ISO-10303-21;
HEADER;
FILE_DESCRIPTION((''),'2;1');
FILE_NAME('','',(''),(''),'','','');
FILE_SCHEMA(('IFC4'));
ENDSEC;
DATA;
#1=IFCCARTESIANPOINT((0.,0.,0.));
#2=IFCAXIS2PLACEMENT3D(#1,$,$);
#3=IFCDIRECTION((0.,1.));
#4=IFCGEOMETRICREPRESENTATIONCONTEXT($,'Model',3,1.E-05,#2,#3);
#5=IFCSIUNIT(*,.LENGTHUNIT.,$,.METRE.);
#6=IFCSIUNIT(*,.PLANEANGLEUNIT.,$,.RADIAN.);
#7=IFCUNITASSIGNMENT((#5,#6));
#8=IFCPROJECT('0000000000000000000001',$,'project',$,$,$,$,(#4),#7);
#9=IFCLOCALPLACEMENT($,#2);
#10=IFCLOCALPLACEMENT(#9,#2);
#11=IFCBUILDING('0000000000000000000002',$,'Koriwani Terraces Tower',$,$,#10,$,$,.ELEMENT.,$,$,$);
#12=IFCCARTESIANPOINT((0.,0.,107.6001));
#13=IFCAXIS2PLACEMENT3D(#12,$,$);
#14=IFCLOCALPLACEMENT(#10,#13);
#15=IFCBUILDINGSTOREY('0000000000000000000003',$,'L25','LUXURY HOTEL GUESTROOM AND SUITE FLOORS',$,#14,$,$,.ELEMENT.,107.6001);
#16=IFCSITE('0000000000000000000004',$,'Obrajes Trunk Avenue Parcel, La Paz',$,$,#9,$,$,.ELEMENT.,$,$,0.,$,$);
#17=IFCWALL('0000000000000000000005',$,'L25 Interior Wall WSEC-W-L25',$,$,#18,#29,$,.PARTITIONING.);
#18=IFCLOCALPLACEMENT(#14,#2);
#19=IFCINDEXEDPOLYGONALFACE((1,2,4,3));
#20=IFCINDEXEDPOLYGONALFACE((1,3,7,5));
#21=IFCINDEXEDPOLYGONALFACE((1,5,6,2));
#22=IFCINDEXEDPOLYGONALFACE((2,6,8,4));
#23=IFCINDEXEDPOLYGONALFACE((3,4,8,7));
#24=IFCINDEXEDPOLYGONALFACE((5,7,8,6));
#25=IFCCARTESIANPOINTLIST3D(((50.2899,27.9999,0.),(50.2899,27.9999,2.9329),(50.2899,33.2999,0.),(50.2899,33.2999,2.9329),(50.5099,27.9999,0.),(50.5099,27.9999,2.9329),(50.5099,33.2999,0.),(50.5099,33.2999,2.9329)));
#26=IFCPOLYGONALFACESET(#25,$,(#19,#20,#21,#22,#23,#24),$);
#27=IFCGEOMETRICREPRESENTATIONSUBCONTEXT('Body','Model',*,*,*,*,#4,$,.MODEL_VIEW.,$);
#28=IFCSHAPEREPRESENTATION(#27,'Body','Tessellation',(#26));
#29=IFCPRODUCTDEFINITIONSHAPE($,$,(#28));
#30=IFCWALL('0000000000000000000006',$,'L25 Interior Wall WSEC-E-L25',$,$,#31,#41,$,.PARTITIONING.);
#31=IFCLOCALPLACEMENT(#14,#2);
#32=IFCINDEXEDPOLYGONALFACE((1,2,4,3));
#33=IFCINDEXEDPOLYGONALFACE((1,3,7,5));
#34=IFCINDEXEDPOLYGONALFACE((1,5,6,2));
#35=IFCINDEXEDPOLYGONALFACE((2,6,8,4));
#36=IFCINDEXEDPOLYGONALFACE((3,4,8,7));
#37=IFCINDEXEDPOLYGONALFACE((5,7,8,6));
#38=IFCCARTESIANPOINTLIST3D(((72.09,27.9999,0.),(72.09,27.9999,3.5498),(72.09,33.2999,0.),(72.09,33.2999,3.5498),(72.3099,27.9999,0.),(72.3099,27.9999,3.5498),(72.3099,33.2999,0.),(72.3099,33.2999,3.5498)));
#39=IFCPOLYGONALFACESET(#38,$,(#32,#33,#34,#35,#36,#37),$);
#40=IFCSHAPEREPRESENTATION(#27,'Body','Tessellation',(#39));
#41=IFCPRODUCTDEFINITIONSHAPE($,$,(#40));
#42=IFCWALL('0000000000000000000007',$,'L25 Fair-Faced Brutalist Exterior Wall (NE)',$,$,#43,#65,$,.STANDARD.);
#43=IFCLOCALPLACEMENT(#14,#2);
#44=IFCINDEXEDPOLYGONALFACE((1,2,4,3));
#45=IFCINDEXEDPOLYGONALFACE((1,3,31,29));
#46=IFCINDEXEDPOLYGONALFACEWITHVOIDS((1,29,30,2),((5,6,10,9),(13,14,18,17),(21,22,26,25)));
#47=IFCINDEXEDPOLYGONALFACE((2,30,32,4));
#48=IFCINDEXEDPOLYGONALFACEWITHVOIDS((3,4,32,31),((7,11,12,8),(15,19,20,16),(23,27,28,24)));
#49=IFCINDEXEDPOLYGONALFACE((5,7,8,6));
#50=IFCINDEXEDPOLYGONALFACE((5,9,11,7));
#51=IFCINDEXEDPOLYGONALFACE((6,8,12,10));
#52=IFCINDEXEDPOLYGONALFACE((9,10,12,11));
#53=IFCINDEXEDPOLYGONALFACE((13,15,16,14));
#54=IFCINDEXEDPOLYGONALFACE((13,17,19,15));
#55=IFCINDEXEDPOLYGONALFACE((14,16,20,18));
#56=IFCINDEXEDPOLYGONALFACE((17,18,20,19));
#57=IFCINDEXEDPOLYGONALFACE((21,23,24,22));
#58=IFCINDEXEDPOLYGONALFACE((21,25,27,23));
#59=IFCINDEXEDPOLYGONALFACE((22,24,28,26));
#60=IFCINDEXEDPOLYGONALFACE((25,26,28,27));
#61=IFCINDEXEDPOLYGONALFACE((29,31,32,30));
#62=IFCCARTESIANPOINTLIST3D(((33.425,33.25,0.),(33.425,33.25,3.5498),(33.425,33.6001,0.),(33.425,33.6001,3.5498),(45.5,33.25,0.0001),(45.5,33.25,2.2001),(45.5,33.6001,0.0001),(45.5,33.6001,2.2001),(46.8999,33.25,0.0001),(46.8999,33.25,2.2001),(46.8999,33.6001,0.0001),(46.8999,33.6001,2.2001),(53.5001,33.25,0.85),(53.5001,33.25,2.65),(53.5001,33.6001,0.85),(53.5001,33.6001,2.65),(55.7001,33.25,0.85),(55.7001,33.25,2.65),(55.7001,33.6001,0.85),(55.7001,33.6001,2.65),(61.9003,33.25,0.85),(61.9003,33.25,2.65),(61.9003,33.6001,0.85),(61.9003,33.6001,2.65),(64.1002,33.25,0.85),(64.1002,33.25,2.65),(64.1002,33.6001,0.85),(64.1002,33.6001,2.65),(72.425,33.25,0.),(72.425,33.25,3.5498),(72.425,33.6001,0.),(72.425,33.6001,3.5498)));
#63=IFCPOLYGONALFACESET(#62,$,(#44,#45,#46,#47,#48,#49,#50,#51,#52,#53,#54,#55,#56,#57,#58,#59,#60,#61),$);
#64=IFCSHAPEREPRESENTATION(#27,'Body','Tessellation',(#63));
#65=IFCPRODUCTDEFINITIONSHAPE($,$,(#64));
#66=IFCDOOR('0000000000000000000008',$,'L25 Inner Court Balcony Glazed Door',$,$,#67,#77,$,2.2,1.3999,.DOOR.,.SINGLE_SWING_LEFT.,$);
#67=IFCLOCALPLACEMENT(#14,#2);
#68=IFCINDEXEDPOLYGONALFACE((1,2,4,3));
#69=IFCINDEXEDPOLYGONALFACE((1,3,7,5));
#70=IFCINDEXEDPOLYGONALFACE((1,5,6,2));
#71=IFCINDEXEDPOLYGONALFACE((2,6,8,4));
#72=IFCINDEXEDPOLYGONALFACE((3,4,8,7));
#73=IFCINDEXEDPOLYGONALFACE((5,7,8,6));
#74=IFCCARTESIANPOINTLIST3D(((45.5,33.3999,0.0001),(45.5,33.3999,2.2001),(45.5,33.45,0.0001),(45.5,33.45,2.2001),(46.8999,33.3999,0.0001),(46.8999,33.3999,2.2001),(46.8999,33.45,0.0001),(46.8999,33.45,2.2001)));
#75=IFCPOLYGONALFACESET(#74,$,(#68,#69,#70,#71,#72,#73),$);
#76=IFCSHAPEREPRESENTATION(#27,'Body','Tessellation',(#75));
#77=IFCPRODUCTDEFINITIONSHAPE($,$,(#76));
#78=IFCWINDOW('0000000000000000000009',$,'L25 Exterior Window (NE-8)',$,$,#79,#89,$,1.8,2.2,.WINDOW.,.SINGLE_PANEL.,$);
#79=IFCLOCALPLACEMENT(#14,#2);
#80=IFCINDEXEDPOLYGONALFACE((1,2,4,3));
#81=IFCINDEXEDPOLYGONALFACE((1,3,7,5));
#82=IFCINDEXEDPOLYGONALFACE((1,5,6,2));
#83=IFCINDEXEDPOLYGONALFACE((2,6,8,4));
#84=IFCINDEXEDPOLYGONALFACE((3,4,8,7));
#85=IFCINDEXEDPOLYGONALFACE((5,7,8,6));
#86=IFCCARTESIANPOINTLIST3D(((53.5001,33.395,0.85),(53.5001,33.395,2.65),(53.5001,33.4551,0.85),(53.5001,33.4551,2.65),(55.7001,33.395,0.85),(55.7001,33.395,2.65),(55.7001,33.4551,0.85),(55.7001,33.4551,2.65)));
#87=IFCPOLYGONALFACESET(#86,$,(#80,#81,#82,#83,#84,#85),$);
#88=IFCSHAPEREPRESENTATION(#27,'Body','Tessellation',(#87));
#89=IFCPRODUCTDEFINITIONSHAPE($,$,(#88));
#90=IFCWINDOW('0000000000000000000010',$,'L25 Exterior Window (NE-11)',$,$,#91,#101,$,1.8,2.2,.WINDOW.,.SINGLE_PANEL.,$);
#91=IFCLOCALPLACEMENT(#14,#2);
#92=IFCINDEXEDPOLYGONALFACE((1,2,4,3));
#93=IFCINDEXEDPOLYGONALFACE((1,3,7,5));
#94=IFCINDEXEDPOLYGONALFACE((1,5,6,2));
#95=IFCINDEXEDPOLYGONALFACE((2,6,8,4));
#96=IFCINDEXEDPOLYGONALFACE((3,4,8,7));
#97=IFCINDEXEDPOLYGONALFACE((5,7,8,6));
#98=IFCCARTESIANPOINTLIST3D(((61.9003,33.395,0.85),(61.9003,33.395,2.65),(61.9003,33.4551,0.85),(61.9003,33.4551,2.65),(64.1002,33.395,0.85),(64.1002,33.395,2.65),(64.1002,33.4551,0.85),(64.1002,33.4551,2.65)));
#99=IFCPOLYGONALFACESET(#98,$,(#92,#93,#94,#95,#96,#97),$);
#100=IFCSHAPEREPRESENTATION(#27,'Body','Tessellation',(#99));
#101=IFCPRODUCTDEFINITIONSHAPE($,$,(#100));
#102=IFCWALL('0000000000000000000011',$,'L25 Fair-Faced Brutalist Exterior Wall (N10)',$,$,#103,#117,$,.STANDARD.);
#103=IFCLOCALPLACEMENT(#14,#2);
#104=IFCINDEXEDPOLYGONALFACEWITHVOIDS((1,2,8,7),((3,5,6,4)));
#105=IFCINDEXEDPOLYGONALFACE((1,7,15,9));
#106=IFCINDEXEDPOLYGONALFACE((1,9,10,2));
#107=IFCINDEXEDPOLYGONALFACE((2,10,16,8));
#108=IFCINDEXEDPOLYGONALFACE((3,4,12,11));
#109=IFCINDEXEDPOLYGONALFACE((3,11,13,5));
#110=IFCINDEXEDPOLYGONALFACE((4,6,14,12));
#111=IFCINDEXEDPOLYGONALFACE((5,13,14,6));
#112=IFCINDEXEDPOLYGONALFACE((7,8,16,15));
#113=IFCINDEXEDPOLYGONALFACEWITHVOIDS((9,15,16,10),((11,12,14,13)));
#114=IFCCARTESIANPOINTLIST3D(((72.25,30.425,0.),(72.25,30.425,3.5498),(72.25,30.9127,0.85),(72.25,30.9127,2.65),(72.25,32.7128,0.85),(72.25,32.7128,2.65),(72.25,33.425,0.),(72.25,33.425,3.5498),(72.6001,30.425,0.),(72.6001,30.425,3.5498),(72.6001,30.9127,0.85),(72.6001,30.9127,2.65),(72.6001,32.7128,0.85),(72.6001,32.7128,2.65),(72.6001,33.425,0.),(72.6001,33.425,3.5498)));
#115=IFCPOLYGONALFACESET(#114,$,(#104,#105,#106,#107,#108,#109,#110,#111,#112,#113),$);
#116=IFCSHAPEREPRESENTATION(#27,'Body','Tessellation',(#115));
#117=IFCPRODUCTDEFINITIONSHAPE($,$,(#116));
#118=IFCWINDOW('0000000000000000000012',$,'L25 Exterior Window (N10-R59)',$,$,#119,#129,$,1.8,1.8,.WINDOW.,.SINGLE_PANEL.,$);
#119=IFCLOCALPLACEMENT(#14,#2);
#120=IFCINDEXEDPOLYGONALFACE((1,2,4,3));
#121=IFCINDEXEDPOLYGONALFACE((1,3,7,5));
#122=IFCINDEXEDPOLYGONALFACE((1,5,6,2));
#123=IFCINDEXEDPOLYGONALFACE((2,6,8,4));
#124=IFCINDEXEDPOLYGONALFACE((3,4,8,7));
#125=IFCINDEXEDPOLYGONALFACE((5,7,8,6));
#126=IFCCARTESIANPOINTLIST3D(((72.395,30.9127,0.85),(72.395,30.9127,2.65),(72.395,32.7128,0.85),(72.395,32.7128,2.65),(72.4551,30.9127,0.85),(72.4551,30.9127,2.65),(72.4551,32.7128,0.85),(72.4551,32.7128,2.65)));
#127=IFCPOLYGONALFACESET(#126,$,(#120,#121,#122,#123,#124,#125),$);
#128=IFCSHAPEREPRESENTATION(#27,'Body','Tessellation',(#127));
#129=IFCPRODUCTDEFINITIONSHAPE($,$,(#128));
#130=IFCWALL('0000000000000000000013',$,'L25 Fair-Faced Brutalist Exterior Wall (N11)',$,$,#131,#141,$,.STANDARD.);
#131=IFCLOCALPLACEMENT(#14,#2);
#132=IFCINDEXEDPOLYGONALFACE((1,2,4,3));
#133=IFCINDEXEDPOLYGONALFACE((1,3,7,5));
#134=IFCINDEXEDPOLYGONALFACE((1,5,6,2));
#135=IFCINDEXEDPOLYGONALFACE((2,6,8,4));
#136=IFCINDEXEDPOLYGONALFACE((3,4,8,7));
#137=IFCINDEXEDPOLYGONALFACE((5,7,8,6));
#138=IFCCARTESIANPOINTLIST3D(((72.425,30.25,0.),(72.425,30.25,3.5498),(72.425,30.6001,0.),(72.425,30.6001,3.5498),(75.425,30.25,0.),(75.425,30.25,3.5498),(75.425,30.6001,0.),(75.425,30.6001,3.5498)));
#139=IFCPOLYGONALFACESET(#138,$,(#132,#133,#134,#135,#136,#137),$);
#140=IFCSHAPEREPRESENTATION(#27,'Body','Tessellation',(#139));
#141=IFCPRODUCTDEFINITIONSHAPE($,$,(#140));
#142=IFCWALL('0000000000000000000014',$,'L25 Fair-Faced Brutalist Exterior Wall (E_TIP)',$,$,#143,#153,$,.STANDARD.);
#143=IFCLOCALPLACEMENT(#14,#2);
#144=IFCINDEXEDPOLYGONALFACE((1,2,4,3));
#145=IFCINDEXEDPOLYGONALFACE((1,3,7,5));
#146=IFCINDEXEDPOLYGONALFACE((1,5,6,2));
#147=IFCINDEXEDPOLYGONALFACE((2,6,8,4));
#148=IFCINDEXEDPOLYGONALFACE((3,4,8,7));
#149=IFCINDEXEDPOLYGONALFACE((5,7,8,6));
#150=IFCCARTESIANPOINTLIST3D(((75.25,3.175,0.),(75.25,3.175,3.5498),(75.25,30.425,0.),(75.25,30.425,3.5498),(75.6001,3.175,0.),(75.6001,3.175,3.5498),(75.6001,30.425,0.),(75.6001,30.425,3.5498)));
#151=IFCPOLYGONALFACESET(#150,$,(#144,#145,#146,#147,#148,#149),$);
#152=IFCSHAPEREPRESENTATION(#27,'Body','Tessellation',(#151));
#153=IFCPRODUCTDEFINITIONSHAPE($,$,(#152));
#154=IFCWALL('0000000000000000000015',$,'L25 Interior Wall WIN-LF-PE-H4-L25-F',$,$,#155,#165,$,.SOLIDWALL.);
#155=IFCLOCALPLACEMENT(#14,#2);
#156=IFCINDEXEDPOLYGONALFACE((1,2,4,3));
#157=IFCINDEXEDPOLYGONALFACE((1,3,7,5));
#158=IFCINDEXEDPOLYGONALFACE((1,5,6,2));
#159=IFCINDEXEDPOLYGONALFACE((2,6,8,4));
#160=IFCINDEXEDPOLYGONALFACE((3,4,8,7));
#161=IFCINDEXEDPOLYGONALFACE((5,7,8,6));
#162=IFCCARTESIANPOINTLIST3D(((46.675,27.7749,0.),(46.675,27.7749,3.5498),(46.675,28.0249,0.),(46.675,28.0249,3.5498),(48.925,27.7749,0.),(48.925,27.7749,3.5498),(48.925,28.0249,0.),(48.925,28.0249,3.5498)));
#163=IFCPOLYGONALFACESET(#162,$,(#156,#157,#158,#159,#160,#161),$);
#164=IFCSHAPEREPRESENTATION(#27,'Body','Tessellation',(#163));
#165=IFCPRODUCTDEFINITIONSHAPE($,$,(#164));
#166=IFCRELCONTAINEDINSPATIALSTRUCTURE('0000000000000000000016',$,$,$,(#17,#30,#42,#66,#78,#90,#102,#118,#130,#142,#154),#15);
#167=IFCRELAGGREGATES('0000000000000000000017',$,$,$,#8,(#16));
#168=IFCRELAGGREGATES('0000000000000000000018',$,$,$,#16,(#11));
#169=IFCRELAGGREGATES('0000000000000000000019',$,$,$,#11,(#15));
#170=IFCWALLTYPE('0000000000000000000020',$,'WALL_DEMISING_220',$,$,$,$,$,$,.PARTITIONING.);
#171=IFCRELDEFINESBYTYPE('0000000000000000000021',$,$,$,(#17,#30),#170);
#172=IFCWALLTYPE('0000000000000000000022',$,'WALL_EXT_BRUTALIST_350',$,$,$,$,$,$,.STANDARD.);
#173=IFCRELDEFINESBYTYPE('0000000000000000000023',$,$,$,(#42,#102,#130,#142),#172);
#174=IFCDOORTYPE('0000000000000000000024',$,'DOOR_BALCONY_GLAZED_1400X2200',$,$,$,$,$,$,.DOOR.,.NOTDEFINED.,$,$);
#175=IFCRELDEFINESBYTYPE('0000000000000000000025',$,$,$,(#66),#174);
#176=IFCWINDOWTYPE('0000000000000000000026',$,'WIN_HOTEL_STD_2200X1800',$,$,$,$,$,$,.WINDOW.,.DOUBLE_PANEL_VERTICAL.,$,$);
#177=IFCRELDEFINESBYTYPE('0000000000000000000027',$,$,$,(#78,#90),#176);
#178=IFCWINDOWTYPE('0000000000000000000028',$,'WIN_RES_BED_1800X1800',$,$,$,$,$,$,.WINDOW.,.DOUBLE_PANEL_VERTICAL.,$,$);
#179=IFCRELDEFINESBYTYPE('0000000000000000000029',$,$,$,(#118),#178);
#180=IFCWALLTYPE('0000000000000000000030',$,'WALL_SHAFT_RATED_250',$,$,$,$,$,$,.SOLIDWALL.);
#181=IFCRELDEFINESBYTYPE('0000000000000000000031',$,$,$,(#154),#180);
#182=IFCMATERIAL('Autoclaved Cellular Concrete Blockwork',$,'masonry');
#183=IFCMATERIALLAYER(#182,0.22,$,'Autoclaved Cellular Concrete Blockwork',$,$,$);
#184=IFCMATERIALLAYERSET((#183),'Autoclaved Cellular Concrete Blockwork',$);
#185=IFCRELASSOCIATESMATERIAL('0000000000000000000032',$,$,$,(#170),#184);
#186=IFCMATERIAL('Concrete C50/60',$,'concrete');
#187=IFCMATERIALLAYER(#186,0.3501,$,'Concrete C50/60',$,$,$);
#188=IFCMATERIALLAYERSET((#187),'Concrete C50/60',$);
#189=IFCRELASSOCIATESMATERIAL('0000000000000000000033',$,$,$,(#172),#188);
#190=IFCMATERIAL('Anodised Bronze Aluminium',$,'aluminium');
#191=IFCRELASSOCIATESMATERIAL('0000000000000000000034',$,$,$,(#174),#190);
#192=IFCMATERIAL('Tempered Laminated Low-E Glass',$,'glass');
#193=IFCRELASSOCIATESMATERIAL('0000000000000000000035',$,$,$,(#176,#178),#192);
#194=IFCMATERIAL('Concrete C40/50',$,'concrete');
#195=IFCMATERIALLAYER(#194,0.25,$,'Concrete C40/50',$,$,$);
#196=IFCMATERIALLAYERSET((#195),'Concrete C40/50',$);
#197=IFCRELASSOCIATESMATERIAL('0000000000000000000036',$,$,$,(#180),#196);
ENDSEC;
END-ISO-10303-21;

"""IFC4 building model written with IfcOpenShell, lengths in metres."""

from ifc_helpers import new_model, si_unit, direction, frame, frame_2d, origin, place, context, subcontext, project, spatial, rectangle, extrude, material, layer, layer_set, type_object, element, fill, save


model = new_model("IFC4")

# Units and contexts
model_context = context("Model", 3, precision=1e-05, world=origin(), true_north=direction((0.0, 1.0)))
body_context = subcontext(model_context, "Body", "Model", "MODEL_VIEW")
ifc_project = project(units=[si_unit("LENGTHUNIT", "METRE"), si_unit("PLANEANGLEUNIT", "RADIAN")], contexts=[model_context])

# Site, building, storey
site_placement = place(None, origin())
site = spatial("IfcSite", under=ifc_project, at=site_placement, Name="Obrajes Trunk Avenue Parcel, La Paz", CompositionType="ELEMENT", RefElevation=0.0)
building_placement = place(site_placement, origin())
building = spatial("IfcBuilding", under=site, at=building_placement, Name="Koriwani Terraces Tower", CompositionType="ELEMENT")
storey_placement = place(building_placement, frame((0.0, 0.0, 107.6001)))
storey = spatial("IfcBuildingStorey", under=building, at=storey_placement, Name="L25", Description="LUXURY HOTEL GUESTROOM AND SUITE FLOORS", CompositionType="ELEMENT", Elevation=107.6001)

# Shared definitions
ifc_material_1 = material(Name="Concrete C40/50", Category="concrete")

# Shared definitions
ifc_material_2 = material(Name="Autoclaved Cellular Concrete Blockwork", Category="masonry")

# Walls
ifc_layer_1 = layer(ifc_material_2, 0.22, Name="Autoclaved Cellular Concrete Blockwork")
ifc_layer_set_1 = layer_set([ifc_layer_1], Name="Autoclaved Cellular Concrete Blockwork")
wall_type_1 = type_object("IfcWallType", Name="WALL_DEMISING_220", PredefinedType="PARTITIONING", material=ifc_layer_set_1)
wall_1_placement = place(storey_placement, frame((50.3999, 28.0, 0.0), z_axis=(0.0, 0.0, 1.0), x_axis=(0.0, 1.0, 0.0)))
element("IfcWall", 1, at=wall_1_placement, inside=storey, type_object=wall_type_1, Name="L25 Interior Wall WSEC-W-L25", PredefinedType="PARTITIONING", context=body_context, shape_type="SweptSolid", body=[
    extrude(rectangle(XDim=5.3, YDim=0.22, at=frame_2d((2.6499, 0.0))), origin(), (0.0, 0.0, 1.0), 2.9329),
])
wall_2_placement = place(storey_placement, frame((72.2, 28.0, 0.0), z_axis=(0.0, 0.0, 1.0), x_axis=(0.0, 1.0, 0.0)))
element("IfcWall", 2, at=wall_2_placement, inside=storey, type_object=wall_type_1, Name="L25 Interior Wall WSEC-E-L25", PredefinedType="PARTITIONING", context=body_context, shape_type="SweptSolid", body=[
    extrude(rectangle(XDim=5.3, YDim=0.22, at=frame_2d((2.6499, 0.0))), origin(), (0.0, 0.0, 1.0), 3.5498),
])

# Wall, openings, door, windows
ifc_material_3 = material(Name="Concrete C50/60", Category="concrete")
ifc_layer_2 = layer(ifc_material_3, 0.3501, Name="Concrete C50/60")
ifc_layer_set_2 = layer_set([ifc_layer_2], Name="Concrete C50/60")
wall_type_2 = type_object("IfcWallType", Name="WALL_EXT_BRUTALIST_350", PredefinedType="STANDARD", material=ifc_layer_set_2)
wall_3_placement = place(storey_placement, frame((33.425, 33.425, 0.0), z_axis=(0.0, 0.0, 1.0), x_axis=(1.0, 0.0, 0.0)))
wall_3 = element("IfcWall", 3, at=wall_3_placement, inside=storey, type_object=wall_type_2, Name="L25 Fair-Faced Brutalist Exterior Wall (NE)", PredefinedType="STANDARD", context=body_context, shape_type="SweptSolid", body=[
    extrude(rectangle(XDim=39.0, YDim=0.3501, at=frame_2d((19.5, 0.0))), origin(), (0.0, 0.0, 1.0), 3.5498),
])
opening_1_placement = place(wall_3_placement, frame((12.075, 0.0, 0.0)))
opening_1 = element("IfcOpeningElement", 4, at=opening_1_placement, cuts=wall_3, PredefinedType="OPENING", context=body_context, shape_type="SweptSolid", body=[
    extrude(rectangle(XDim=1.3999, YDim=2.2, at=frame_2d((0.7, 1.1001))), frame((0.0, 0.1851, 0.0), z_axis=(0.0, -1.0, 0.0), x_axis=(1.0, 0.0, 0.0)), (0.0, 0.0, 1.0), 0.3701),
])
opening_2_placement = place(wall_3_placement, frame((20.075, 0.0, 0.8501)))
opening_2 = element("IfcOpeningElement", 5, at=opening_2_placement, cuts=wall_3, PredefinedType="OPENING", context=body_context, shape_type="SweptSolid", body=[
    extrude(rectangle(XDim=2.2, YDim=1.8, at=frame_2d((1.1001, 0.8999))), frame((0.0, 0.1851, 0.0), z_axis=(0.0, -1.0, 0.0), x_axis=(1.0, 0.0, 0.0)), (0.0, 0.0, 1.0), 0.3701),
])
opening_3_placement = place(wall_3_placement, frame((28.4751, 0.0, 0.8501)))
opening_3 = element("IfcOpeningElement", 6, at=opening_3_placement, cuts=wall_3, PredefinedType="OPENING", context=body_context, shape_type="SweptSolid", body=[
    extrude(rectangle(XDim=2.2, YDim=1.8, at=frame_2d((1.1001, 0.8999))), frame((0.0, 0.1851, 0.0), z_axis=(0.0, -1.0, 0.0), x_axis=(1.0, 0.0, 0.0)), (0.0, 0.0, 1.0), 0.3701),
])
ifc_material_4 = material(Name="Anodised Bronze Aluminium", Category="aluminium")
door_type_1 = type_object("IfcDoorType", Name="DOOR_BALCONY_GLAZED_1400X2200", OperationType="NOTDEFINED", PredefinedType="DOOR", material=ifc_material_4)
door_1_placement = place(opening_1_placement, origin())
door_1 = element("IfcDoor", 7, at=door_1_placement, inside=storey, type_object=door_type_1, Name="L25 Inner Court Balcony Glazed Door", OperationType="SINGLE_SWING_LEFT", OverallHeight=2.2, OverallWidth=1.3999, PredefinedType="DOOR", context=body_context, shape_type="SweptSolid", body=[
    extrude(rectangle(XDim=1.3999, YDim=2.2, at=frame_2d((0.7, 1.1001))), frame((0.0, 0.0249, 0.0), z_axis=(0.0, -1.0, 0.0), x_axis=(1.0, 0.0, 0.0)), (0.0, 0.0, 1.0), 0.05),
])
fill(opening_1, door_1)
ifc_material_5 = material(Name="Tempered Laminated Low-E Glass", Category="glass")
window_type_1 = type_object("IfcWindowType", Name="WIN_HOTEL_STD_2200X1800", PartitioningType="DOUBLE_PANEL_VERTICAL", PredefinedType="WINDOW", material=ifc_material_5)
window_1_placement = place(opening_2_placement, origin())
window_1 = element("IfcWindow", 8, at=window_1_placement, inside=storey, type_object=window_type_1, Name="L25 Exterior Window (NE-8)", OverallHeight=1.8, OverallWidth=2.2, PartitioningType="SINGLE_PANEL", PredefinedType="WINDOW", context=body_context, shape_type="SweptSolid", body=[
    extrude(rectangle(XDim=2.2, YDim=1.8, at=frame_2d((1.1001, 0.8999))), frame((0.0, 0.03, 0.0), z_axis=(0.0, -1.0, 0.0), x_axis=(1.0, 0.0, 0.0)), (0.0, 0.0, 1.0), 0.0601),
])
fill(opening_2, window_1)
window_2_placement = place(opening_3_placement, origin())
window_2 = element("IfcWindow", 9, at=window_2_placement, inside=storey, type_object=window_type_1, Name="L25 Exterior Window (NE-11)", OverallHeight=1.8, OverallWidth=2.2, PartitioningType="SINGLE_PANEL", PredefinedType="WINDOW", context=body_context, shape_type="SweptSolid", body=[
    extrude(rectangle(XDim=2.2, YDim=1.8, at=frame_2d((1.1001, 0.8999))), frame((0.0, 0.03, 0.0), z_axis=(0.0, -1.0, 0.0), x_axis=(1.0, 0.0, 0.0)), (0.0, 0.0, 1.0), 0.0601),
])
fill(opening_3, window_2)

# Wall, opening, window
wall_4_placement = place(storey_placement, frame((72.425, 33.425, 0.0), z_axis=(0.0, 0.0, 1.0), x_axis=(0.0, -1.0, 0.0)))
wall_4 = element("IfcWall", 10, at=wall_4_placement, inside=storey, type_object=wall_type_2, Name="L25 Fair-Faced Brutalist Exterior Wall (N10)", PredefinedType="STANDARD", context=body_context, shape_type="SweptSolid", body=[
    extrude(rectangle(XDim=3.0, YDim=0.3501, at=frame_2d((1.5, 0.0))), origin(), (0.0, 0.0, 1.0), 3.5498),
])
opening_4_placement = place(wall_4_placement, frame((0.7124, 0.0, 0.8501)))
opening_4 = element("IfcOpeningElement", 11, at=opening_4_placement, cuts=wall_4, PredefinedType="OPENING", context=body_context, shape_type="SweptSolid", body=[
    extrude(rectangle(XDim=1.8, YDim=1.8, at=frame_2d((0.8999, 0.8999))), frame((0.0, 0.1851, 0.0), z_axis=(0.0, -1.0, 0.0), x_axis=(1.0, 0.0, 0.0)), (0.0, 0.0, 1.0), 0.3701),
])
window_type_2 = type_object("IfcWindowType", Name="WIN_RES_BED_1800X1800", PartitioningType="DOUBLE_PANEL_VERTICAL", PredefinedType="WINDOW", material=ifc_material_5)
window_3_placement = place(opening_4_placement, origin())
window_3 = element("IfcWindow", 12, at=window_3_placement, inside=storey, type_object=window_type_2, Name="L25 Exterior Window (N10-R59)", OverallHeight=1.8, OverallWidth=1.8, PartitioningType="SINGLE_PANEL", PredefinedType="WINDOW", context=body_context, shape_type="SweptSolid", body=[
    extrude(rectangle(XDim=1.8, YDim=1.8, at=frame_2d((0.8999, 0.8999))), frame((0.0, 0.03, 0.0), z_axis=(0.0, -1.0, 0.0), x_axis=(1.0, 0.0, 0.0)), (0.0, 0.0, 1.0), 0.0601),
])
fill(opening_4, window_3)

# Walls
wall_5_placement = place(storey_placement, frame((72.425, 30.425, 0.0), z_axis=(0.0, 0.0, 1.0), x_axis=(1.0, 0.0, 0.0)))
element("IfcWall", 13, at=wall_5_placement, inside=storey, type_object=wall_type_2, Name="L25 Fair-Faced Brutalist Exterior Wall (N11)", PredefinedType="STANDARD", context=body_context, shape_type="SweptSolid", body=[
    extrude(rectangle(XDim=3.0, YDim=0.3501, at=frame_2d((1.5, 0.0))), origin(), (0.0, 0.0, 1.0), 3.5498),
])
wall_6_placement = place(storey_placement, frame((75.425, 30.425, 0.0), z_axis=(0.0, 0.0, 1.0), x_axis=(0.0, -1.0, 0.0)))
element("IfcWall", 14, at=wall_6_placement, inside=storey, type_object=wall_type_2, Name="L25 Fair-Faced Brutalist Exterior Wall (E_TIP)", PredefinedType="STANDARD", context=body_context, shape_type="SweptSolid", body=[
    extrude(rectangle(XDim=27.25, YDim=0.3501, at=frame_2d((13.625, 0.0))), origin(), (0.0, 0.0, 1.0), 3.5498),
])
ifc_layer_3 = layer(ifc_material_1, 0.25, Name="Concrete C40/50")
ifc_layer_set_3 = layer_set([ifc_layer_3], Name="Concrete C40/50")
wall_type_3 = type_object("IfcWallType", Name="WALL_SHAFT_RATED_250", PredefinedType="SOLIDWALL", material=ifc_layer_set_3)
wall_7_placement = place(storey_placement, frame((46.675, 27.8999, 0.0), z_axis=(0.0, 0.0, 1.0), x_axis=(1.0, 0.0, 0.0)))
element("IfcWall", 15, at=wall_7_placement, inside=storey, type_object=wall_type_3, Name="L25 Interior Wall WIN-LF-PE-H4-L25-F", PredefinedType="SOLIDWALL", context=body_context, shape_type="SweptSolid", body=[
    extrude(rectangle(XDim=2.25, YDim=0.25, at=frame_2d((1.125, 0.0))), origin(), (0.0, 0.0, 1.0), 3.5498),
])

save(model, "model.ifc")
